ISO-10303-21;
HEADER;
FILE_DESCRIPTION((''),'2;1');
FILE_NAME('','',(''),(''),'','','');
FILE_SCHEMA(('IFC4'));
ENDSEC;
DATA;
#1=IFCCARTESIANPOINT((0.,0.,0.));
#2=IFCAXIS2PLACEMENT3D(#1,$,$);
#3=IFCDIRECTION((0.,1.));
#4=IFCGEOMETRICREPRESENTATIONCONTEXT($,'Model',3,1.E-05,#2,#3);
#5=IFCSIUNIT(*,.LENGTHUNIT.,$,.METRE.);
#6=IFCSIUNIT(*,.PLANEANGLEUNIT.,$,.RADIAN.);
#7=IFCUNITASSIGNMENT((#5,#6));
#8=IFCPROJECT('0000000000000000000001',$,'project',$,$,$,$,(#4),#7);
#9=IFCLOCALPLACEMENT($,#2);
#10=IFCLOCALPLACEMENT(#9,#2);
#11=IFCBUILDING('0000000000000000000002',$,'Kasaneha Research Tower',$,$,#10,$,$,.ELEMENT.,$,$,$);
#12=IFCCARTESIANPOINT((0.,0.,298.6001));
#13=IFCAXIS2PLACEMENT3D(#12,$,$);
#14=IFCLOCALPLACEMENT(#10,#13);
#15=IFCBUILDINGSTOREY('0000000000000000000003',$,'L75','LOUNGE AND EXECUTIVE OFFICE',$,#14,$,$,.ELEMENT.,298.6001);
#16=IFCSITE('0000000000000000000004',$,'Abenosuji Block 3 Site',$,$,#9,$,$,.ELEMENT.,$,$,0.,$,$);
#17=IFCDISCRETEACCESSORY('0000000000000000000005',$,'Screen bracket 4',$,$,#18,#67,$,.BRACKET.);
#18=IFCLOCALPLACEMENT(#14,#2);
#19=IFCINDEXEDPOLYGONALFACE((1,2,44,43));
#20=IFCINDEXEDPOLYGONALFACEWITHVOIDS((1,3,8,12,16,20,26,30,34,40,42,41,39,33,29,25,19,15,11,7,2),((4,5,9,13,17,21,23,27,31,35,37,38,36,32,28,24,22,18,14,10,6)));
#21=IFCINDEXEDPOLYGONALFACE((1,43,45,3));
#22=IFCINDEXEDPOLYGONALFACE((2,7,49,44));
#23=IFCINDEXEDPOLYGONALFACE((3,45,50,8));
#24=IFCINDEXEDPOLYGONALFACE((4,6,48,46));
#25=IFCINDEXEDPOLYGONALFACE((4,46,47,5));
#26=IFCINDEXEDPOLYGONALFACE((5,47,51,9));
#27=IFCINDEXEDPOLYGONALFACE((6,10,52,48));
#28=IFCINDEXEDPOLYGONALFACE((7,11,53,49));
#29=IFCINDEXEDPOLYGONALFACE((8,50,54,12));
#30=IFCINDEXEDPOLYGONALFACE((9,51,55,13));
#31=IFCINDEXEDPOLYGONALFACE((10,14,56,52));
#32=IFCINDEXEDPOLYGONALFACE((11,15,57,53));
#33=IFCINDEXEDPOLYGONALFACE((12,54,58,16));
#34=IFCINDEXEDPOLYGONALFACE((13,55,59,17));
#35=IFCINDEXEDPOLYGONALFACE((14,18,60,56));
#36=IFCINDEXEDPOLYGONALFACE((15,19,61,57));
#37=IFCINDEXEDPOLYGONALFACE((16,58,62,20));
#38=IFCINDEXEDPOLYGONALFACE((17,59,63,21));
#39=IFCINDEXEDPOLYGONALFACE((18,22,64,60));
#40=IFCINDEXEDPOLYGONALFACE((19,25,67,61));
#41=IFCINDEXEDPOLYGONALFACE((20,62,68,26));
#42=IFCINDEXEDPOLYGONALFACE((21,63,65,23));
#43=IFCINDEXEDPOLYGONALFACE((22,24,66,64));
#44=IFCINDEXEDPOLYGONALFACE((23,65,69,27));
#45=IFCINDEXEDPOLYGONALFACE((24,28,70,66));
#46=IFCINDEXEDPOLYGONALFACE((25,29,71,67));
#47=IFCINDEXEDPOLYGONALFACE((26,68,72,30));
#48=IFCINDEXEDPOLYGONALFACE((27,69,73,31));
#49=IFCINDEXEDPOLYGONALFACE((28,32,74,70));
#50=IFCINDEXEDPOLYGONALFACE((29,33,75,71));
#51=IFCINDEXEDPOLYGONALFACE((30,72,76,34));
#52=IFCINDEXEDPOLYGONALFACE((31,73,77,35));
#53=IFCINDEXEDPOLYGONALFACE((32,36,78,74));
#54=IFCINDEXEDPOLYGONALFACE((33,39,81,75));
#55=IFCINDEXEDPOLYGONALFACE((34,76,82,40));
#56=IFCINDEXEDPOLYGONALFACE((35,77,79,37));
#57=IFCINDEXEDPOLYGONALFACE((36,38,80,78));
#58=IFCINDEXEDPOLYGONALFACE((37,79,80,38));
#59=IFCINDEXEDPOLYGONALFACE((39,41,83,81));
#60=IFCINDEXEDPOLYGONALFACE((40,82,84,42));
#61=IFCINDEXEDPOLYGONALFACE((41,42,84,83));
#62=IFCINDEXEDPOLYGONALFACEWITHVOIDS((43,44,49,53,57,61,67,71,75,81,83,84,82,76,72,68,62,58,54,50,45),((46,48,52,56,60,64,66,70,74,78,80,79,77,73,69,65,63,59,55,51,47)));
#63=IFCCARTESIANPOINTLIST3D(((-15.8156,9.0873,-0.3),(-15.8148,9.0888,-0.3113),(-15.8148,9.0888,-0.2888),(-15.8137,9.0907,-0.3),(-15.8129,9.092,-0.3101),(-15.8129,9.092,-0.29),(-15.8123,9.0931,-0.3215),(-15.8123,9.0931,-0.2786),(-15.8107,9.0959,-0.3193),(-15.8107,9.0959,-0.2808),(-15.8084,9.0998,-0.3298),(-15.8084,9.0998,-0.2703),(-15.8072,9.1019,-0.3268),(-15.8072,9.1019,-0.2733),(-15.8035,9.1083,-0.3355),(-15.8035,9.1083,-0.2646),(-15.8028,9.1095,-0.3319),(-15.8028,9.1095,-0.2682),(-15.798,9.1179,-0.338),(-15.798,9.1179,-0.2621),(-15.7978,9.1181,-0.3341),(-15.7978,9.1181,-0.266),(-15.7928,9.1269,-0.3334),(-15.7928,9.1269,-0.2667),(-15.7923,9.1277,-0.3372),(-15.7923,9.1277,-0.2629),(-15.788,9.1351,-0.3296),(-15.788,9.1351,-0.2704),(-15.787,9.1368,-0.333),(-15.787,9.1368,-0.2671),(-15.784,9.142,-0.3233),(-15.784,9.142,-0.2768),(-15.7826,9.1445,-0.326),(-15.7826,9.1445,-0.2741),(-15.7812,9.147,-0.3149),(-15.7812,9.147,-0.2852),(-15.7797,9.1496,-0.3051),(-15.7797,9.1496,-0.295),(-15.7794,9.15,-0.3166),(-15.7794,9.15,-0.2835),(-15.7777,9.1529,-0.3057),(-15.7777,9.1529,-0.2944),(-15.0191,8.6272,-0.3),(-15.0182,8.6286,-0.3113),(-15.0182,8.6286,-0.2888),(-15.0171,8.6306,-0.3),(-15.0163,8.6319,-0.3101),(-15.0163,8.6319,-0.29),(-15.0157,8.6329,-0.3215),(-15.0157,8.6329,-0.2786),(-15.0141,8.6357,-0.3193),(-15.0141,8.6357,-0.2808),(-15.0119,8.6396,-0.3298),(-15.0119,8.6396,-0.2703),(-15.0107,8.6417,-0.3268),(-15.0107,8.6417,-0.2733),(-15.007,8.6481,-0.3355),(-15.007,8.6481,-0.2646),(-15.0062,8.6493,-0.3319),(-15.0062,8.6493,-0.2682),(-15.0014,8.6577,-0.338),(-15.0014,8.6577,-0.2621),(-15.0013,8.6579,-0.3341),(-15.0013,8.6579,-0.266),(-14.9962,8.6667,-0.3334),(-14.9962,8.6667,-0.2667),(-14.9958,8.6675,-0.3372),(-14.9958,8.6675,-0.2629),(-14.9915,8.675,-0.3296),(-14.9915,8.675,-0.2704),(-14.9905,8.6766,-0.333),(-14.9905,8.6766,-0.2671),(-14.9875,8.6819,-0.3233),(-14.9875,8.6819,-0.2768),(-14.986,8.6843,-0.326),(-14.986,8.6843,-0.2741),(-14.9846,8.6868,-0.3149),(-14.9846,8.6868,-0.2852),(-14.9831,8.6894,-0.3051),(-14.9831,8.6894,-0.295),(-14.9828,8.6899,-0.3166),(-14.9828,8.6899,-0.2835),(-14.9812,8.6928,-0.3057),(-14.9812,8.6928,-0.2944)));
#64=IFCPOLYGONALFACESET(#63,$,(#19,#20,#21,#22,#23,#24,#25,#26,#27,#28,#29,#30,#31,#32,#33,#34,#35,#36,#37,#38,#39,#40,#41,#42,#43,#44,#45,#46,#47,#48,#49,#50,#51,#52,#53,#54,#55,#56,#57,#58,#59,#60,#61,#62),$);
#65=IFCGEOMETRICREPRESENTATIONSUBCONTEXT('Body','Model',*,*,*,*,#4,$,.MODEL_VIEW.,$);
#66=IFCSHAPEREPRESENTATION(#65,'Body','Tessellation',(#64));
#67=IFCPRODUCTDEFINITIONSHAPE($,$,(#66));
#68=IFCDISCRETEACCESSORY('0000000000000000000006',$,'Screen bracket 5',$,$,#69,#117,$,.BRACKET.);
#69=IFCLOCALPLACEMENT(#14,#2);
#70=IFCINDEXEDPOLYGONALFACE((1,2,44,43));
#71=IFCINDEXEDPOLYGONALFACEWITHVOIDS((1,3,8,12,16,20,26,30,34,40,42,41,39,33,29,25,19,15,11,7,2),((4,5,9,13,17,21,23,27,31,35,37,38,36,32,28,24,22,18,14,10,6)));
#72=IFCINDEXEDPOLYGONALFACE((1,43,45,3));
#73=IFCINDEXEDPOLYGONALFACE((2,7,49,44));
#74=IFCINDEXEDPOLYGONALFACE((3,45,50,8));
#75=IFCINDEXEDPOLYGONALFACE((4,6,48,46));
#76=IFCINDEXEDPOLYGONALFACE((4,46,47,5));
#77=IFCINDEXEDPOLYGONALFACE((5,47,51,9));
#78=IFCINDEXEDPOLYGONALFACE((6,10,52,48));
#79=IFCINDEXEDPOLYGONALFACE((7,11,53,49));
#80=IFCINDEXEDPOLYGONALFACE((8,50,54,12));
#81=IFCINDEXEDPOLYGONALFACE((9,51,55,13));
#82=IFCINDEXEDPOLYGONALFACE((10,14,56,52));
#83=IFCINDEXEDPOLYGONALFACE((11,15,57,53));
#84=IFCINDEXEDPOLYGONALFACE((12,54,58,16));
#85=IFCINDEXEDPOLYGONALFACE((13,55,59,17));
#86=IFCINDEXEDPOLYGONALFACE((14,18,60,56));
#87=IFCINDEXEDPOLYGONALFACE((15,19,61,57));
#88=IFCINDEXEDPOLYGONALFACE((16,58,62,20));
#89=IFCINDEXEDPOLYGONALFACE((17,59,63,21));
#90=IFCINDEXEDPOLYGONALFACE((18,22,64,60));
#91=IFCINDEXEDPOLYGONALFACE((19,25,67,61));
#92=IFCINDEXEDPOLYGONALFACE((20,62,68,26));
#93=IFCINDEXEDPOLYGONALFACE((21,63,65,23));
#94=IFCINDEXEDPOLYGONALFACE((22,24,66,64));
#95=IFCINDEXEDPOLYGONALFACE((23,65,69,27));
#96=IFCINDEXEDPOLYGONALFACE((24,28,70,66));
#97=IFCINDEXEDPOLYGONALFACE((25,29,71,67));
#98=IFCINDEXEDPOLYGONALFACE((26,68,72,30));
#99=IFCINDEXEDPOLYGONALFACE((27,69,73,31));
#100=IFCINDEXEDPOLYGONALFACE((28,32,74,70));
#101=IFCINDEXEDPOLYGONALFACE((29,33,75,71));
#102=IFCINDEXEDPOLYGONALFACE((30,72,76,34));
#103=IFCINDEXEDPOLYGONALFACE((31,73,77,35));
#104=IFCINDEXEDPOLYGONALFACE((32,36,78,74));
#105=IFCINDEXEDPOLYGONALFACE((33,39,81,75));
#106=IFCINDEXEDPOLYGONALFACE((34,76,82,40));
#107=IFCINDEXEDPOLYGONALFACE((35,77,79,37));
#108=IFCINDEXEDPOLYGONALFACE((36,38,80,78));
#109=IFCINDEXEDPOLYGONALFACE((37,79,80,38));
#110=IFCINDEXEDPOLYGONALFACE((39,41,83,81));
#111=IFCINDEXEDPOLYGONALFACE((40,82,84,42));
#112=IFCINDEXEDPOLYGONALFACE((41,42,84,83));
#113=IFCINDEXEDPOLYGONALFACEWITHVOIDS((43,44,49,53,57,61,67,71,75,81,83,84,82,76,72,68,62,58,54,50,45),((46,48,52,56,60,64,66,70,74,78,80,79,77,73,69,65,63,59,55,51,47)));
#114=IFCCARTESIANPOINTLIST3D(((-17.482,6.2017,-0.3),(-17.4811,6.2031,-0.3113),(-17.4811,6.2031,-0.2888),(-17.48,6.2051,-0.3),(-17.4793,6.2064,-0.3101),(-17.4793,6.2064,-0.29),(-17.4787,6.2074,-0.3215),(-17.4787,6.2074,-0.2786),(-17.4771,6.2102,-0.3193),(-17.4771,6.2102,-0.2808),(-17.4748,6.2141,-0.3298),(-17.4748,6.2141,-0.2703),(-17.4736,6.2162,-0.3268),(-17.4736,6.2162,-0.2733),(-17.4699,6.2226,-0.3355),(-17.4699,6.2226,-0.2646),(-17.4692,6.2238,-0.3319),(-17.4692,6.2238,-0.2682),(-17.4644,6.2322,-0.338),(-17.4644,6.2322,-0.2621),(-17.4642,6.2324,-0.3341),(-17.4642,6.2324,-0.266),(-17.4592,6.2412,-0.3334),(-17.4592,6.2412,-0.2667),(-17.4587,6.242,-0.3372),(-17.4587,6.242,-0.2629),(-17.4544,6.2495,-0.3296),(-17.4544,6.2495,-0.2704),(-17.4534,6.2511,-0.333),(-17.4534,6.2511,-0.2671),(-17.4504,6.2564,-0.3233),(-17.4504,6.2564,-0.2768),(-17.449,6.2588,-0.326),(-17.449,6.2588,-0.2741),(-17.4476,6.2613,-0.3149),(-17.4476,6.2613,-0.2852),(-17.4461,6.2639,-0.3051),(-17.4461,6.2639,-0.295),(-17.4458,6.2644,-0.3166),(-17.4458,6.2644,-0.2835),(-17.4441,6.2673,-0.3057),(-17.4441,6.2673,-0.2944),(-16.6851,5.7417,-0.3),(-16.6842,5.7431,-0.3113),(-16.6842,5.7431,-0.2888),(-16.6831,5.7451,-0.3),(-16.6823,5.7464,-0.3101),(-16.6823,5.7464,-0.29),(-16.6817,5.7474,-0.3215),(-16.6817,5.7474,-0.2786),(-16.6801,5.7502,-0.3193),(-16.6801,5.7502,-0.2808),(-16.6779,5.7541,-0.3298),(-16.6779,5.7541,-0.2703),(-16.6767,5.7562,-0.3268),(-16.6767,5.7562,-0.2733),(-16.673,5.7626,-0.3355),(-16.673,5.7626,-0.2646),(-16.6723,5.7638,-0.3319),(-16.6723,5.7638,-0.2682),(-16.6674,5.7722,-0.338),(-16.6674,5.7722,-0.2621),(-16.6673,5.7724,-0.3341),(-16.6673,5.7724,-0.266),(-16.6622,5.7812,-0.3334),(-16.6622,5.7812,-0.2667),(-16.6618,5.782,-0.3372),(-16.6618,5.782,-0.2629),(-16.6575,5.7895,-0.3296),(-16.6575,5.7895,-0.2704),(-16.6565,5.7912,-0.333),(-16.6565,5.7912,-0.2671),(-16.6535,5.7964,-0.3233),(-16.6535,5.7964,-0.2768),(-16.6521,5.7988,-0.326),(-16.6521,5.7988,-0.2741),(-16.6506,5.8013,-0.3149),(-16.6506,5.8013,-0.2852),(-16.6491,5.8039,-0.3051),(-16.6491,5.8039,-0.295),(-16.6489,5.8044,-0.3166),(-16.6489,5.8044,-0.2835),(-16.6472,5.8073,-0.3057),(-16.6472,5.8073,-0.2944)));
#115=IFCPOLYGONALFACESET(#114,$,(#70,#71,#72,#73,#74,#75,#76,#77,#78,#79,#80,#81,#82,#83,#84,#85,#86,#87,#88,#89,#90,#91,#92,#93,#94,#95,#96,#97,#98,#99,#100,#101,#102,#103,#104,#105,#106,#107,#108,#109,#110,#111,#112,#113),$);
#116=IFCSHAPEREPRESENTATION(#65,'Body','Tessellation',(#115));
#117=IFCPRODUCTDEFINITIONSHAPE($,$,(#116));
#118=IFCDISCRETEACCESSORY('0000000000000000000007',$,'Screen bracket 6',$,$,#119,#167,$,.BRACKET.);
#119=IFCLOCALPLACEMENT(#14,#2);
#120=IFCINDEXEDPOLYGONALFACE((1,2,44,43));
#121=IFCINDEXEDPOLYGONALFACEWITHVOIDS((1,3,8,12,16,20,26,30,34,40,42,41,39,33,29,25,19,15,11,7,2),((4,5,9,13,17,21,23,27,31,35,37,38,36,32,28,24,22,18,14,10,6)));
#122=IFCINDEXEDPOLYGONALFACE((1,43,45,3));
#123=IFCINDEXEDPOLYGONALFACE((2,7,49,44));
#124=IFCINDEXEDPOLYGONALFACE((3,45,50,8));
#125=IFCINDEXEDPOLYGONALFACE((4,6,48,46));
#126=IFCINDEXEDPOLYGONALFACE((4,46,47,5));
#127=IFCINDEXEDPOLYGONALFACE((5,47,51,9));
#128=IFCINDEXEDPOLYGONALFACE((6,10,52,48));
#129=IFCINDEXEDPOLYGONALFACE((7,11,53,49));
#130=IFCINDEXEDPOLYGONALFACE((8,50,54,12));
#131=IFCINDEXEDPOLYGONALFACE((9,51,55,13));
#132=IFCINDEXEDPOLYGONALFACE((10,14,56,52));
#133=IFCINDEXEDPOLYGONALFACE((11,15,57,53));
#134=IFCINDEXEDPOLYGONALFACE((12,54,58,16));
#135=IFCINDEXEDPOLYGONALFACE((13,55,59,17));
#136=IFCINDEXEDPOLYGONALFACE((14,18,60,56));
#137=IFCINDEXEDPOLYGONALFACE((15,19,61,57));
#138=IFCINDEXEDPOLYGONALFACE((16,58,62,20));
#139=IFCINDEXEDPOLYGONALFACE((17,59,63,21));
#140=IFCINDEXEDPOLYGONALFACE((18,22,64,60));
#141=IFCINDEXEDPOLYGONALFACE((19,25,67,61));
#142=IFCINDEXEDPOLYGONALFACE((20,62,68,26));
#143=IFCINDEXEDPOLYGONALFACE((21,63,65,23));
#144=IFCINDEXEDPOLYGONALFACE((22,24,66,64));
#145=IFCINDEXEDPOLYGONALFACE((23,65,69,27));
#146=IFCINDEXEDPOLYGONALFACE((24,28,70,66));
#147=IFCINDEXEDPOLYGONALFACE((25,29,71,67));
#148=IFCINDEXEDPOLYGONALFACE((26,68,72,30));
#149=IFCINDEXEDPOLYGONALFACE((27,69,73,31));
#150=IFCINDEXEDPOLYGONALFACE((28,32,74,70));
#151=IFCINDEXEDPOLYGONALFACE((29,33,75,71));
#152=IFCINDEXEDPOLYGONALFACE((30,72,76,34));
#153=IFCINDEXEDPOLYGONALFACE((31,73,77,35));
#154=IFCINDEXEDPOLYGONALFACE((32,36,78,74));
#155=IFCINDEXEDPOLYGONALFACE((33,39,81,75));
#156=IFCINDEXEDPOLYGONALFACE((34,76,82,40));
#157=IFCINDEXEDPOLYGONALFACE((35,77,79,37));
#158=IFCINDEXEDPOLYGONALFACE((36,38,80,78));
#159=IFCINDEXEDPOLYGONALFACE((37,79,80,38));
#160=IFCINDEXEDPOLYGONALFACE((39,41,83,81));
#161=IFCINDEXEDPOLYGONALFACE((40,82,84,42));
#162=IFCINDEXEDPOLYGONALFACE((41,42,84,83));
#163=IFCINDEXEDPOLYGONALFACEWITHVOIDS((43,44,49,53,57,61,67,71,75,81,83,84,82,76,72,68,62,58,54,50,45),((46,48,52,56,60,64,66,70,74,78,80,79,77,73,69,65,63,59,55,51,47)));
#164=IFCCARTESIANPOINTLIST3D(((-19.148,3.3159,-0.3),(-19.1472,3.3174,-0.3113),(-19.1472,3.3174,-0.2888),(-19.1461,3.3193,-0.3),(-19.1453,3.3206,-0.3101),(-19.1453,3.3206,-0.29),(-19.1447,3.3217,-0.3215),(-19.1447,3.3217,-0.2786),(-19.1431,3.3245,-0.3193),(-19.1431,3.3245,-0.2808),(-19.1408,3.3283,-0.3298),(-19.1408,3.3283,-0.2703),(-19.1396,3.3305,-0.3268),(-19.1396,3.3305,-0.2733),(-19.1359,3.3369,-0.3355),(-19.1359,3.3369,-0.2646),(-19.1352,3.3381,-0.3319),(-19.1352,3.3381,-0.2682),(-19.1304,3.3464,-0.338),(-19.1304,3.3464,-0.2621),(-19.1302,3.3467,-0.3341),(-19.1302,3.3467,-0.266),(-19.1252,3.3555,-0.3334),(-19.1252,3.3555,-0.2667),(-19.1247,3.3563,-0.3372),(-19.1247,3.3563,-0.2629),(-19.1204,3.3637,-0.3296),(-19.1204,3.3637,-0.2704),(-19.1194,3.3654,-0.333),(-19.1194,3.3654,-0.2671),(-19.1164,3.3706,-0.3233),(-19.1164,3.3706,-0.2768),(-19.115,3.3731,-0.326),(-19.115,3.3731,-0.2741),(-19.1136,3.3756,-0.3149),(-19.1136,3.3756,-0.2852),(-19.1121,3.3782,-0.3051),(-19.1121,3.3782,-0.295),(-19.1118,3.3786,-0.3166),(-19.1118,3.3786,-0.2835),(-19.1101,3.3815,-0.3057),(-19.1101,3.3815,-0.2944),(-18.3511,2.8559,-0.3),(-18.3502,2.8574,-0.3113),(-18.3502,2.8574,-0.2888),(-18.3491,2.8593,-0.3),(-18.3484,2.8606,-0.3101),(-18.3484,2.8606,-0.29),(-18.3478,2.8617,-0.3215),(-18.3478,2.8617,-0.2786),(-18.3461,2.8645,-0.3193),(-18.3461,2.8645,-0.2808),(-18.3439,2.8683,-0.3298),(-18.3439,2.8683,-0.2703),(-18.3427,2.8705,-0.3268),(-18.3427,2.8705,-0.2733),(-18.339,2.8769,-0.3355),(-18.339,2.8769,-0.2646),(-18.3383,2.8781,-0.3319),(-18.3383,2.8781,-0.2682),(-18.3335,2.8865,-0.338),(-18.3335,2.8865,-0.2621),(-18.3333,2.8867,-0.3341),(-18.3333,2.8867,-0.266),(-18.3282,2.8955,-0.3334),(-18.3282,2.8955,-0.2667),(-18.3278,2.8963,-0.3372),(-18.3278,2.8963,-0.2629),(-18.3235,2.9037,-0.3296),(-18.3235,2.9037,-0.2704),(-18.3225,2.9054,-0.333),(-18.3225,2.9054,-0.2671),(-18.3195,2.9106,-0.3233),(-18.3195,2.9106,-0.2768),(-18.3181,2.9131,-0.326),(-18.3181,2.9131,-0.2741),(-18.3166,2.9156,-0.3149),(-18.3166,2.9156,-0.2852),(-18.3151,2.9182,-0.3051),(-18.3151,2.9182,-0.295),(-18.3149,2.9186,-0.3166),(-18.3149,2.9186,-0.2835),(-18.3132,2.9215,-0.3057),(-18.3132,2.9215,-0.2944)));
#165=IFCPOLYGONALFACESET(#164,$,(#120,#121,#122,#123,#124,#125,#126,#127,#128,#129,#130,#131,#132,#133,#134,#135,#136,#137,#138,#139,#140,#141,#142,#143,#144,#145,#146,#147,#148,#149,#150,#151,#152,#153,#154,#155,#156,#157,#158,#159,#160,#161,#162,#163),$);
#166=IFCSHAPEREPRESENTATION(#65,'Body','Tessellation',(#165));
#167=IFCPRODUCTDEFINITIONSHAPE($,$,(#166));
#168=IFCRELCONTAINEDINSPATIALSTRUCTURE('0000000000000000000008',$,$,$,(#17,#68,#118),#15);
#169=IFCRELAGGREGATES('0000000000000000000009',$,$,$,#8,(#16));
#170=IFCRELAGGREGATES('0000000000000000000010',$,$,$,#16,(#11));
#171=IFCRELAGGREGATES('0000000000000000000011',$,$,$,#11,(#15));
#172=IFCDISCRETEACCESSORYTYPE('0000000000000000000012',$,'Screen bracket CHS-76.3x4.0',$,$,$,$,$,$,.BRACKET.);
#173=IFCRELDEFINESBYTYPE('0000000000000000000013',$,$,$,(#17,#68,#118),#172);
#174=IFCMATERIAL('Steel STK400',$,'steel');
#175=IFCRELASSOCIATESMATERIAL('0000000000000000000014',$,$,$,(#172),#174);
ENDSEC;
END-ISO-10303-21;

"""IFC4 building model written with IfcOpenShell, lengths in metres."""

from ifc_helpers import new_model, si_unit, direction, frame, origin, origin_2d, place, context, subcontext, project, spatial, hollow_circle, extrude, material, material_profile, profile_set, type_object, element, save


model = new_model("IFC4")

# Units and contexts
model_context = context("Model", 3, precision=1e-05, world=origin(), true_north=direction((0.0, 1.0)))
body_context = subcontext(model_context, "Body", "Model", "MODEL_VIEW")
ifc_project = project(units=[si_unit("LENGTHUNIT", "METRE"), si_unit("PLANEANGLEUNIT", "RADIAN")], contexts=[model_context])

# Site, building, storey
site_placement = place(None, origin())
site = spatial("IfcSite", under=ifc_project, at=site_placement, Name="Abenosuji Block 3 Site", CompositionType="ELEMENT", RefElevation=0.0)
building_placement = place(site_placement, origin())
building = spatial("IfcBuilding", under=site, at=building_placement, Name="Kasaneha Research Tower", CompositionType="ELEMENT")
storey_placement = place(building_placement, frame((0.0, 0.0, 298.6001)))
storey = spatial("IfcBuildingStorey", under=building, at=storey_placement, Name="L75", Description="LOUNGE AND EXECUTIVE OFFICE", CompositionType="ELEMENT", Elevation=298.6001)

# Discrete accessories
ifc_material_1 = material(Name="Steel STK400", Category="steel")
ifc_material_profile_1 = material_profile(ifc_material_1, hollow_circle(Radius=0.0381, WallThickness=0.0039, at=origin_2d()), Name="CHS-76.3x4.0")
ifc_profile_set_1 = profile_set([ifc_material_profile_1], Name="Steel STK400")
discrete_accessory_type = type_object("IfcDiscreteAccessoryType", Name="Screen bracket CHS-76.3x4.0", PredefinedType="BRACKET", material=ifc_profile_set_1)
discrete_accessory_1_placement = place(storey_placement, frame((-15.0, 8.6602, -0.3), z_axis=(-0.865898, 0.50022, 0.0), x_axis=(-0.50022, -0.865898, 0.0)))
element("IfcDiscreteAccessory", 1, at=discrete_accessory_1_placement, inside=storey, type_object=discrete_accessory_type, Name="Screen bracket 4", PredefinedType="BRACKET", context=body_context, shape_type="SweptSolid", body=[
    extrude(hollow_circle(Radius=0.0381, WallThickness=0.0039, at=origin_2d()), origin(), (0.0, 0.0, 1.0), 0.9199),
])
for number, where, z_axis, x_axis, name in (
    (2, (-16.666, 5.7747, -0.3), (-0.86608, 0.499906, 0.0), (-0.499906, -0.86608, 0.0), "Screen bracket 5"),
    (3, (-18.332, 2.8889, -0.3), (-0.86608, 0.499906, 0.0), (-0.499906, -0.86608, 0.0), "Screen bracket 6"),
):
    element("IfcDiscreteAccessory", number, at=place(storey_placement, frame(where, z_axis=z_axis, x_axis=x_axis)), inside=storey, type_object=discrete_accessory_type, Name=name, PredefinedType="BRACKET", context=body_context, shape_type="SweptSolid", body=[
        extrude(hollow_circle(Radius=0.0381, WallThickness=0.0039, at=origin_2d()), origin(), (0.0, 0.0, 1.0), 0.9202),
    ])

save(model, "model.ifc")
